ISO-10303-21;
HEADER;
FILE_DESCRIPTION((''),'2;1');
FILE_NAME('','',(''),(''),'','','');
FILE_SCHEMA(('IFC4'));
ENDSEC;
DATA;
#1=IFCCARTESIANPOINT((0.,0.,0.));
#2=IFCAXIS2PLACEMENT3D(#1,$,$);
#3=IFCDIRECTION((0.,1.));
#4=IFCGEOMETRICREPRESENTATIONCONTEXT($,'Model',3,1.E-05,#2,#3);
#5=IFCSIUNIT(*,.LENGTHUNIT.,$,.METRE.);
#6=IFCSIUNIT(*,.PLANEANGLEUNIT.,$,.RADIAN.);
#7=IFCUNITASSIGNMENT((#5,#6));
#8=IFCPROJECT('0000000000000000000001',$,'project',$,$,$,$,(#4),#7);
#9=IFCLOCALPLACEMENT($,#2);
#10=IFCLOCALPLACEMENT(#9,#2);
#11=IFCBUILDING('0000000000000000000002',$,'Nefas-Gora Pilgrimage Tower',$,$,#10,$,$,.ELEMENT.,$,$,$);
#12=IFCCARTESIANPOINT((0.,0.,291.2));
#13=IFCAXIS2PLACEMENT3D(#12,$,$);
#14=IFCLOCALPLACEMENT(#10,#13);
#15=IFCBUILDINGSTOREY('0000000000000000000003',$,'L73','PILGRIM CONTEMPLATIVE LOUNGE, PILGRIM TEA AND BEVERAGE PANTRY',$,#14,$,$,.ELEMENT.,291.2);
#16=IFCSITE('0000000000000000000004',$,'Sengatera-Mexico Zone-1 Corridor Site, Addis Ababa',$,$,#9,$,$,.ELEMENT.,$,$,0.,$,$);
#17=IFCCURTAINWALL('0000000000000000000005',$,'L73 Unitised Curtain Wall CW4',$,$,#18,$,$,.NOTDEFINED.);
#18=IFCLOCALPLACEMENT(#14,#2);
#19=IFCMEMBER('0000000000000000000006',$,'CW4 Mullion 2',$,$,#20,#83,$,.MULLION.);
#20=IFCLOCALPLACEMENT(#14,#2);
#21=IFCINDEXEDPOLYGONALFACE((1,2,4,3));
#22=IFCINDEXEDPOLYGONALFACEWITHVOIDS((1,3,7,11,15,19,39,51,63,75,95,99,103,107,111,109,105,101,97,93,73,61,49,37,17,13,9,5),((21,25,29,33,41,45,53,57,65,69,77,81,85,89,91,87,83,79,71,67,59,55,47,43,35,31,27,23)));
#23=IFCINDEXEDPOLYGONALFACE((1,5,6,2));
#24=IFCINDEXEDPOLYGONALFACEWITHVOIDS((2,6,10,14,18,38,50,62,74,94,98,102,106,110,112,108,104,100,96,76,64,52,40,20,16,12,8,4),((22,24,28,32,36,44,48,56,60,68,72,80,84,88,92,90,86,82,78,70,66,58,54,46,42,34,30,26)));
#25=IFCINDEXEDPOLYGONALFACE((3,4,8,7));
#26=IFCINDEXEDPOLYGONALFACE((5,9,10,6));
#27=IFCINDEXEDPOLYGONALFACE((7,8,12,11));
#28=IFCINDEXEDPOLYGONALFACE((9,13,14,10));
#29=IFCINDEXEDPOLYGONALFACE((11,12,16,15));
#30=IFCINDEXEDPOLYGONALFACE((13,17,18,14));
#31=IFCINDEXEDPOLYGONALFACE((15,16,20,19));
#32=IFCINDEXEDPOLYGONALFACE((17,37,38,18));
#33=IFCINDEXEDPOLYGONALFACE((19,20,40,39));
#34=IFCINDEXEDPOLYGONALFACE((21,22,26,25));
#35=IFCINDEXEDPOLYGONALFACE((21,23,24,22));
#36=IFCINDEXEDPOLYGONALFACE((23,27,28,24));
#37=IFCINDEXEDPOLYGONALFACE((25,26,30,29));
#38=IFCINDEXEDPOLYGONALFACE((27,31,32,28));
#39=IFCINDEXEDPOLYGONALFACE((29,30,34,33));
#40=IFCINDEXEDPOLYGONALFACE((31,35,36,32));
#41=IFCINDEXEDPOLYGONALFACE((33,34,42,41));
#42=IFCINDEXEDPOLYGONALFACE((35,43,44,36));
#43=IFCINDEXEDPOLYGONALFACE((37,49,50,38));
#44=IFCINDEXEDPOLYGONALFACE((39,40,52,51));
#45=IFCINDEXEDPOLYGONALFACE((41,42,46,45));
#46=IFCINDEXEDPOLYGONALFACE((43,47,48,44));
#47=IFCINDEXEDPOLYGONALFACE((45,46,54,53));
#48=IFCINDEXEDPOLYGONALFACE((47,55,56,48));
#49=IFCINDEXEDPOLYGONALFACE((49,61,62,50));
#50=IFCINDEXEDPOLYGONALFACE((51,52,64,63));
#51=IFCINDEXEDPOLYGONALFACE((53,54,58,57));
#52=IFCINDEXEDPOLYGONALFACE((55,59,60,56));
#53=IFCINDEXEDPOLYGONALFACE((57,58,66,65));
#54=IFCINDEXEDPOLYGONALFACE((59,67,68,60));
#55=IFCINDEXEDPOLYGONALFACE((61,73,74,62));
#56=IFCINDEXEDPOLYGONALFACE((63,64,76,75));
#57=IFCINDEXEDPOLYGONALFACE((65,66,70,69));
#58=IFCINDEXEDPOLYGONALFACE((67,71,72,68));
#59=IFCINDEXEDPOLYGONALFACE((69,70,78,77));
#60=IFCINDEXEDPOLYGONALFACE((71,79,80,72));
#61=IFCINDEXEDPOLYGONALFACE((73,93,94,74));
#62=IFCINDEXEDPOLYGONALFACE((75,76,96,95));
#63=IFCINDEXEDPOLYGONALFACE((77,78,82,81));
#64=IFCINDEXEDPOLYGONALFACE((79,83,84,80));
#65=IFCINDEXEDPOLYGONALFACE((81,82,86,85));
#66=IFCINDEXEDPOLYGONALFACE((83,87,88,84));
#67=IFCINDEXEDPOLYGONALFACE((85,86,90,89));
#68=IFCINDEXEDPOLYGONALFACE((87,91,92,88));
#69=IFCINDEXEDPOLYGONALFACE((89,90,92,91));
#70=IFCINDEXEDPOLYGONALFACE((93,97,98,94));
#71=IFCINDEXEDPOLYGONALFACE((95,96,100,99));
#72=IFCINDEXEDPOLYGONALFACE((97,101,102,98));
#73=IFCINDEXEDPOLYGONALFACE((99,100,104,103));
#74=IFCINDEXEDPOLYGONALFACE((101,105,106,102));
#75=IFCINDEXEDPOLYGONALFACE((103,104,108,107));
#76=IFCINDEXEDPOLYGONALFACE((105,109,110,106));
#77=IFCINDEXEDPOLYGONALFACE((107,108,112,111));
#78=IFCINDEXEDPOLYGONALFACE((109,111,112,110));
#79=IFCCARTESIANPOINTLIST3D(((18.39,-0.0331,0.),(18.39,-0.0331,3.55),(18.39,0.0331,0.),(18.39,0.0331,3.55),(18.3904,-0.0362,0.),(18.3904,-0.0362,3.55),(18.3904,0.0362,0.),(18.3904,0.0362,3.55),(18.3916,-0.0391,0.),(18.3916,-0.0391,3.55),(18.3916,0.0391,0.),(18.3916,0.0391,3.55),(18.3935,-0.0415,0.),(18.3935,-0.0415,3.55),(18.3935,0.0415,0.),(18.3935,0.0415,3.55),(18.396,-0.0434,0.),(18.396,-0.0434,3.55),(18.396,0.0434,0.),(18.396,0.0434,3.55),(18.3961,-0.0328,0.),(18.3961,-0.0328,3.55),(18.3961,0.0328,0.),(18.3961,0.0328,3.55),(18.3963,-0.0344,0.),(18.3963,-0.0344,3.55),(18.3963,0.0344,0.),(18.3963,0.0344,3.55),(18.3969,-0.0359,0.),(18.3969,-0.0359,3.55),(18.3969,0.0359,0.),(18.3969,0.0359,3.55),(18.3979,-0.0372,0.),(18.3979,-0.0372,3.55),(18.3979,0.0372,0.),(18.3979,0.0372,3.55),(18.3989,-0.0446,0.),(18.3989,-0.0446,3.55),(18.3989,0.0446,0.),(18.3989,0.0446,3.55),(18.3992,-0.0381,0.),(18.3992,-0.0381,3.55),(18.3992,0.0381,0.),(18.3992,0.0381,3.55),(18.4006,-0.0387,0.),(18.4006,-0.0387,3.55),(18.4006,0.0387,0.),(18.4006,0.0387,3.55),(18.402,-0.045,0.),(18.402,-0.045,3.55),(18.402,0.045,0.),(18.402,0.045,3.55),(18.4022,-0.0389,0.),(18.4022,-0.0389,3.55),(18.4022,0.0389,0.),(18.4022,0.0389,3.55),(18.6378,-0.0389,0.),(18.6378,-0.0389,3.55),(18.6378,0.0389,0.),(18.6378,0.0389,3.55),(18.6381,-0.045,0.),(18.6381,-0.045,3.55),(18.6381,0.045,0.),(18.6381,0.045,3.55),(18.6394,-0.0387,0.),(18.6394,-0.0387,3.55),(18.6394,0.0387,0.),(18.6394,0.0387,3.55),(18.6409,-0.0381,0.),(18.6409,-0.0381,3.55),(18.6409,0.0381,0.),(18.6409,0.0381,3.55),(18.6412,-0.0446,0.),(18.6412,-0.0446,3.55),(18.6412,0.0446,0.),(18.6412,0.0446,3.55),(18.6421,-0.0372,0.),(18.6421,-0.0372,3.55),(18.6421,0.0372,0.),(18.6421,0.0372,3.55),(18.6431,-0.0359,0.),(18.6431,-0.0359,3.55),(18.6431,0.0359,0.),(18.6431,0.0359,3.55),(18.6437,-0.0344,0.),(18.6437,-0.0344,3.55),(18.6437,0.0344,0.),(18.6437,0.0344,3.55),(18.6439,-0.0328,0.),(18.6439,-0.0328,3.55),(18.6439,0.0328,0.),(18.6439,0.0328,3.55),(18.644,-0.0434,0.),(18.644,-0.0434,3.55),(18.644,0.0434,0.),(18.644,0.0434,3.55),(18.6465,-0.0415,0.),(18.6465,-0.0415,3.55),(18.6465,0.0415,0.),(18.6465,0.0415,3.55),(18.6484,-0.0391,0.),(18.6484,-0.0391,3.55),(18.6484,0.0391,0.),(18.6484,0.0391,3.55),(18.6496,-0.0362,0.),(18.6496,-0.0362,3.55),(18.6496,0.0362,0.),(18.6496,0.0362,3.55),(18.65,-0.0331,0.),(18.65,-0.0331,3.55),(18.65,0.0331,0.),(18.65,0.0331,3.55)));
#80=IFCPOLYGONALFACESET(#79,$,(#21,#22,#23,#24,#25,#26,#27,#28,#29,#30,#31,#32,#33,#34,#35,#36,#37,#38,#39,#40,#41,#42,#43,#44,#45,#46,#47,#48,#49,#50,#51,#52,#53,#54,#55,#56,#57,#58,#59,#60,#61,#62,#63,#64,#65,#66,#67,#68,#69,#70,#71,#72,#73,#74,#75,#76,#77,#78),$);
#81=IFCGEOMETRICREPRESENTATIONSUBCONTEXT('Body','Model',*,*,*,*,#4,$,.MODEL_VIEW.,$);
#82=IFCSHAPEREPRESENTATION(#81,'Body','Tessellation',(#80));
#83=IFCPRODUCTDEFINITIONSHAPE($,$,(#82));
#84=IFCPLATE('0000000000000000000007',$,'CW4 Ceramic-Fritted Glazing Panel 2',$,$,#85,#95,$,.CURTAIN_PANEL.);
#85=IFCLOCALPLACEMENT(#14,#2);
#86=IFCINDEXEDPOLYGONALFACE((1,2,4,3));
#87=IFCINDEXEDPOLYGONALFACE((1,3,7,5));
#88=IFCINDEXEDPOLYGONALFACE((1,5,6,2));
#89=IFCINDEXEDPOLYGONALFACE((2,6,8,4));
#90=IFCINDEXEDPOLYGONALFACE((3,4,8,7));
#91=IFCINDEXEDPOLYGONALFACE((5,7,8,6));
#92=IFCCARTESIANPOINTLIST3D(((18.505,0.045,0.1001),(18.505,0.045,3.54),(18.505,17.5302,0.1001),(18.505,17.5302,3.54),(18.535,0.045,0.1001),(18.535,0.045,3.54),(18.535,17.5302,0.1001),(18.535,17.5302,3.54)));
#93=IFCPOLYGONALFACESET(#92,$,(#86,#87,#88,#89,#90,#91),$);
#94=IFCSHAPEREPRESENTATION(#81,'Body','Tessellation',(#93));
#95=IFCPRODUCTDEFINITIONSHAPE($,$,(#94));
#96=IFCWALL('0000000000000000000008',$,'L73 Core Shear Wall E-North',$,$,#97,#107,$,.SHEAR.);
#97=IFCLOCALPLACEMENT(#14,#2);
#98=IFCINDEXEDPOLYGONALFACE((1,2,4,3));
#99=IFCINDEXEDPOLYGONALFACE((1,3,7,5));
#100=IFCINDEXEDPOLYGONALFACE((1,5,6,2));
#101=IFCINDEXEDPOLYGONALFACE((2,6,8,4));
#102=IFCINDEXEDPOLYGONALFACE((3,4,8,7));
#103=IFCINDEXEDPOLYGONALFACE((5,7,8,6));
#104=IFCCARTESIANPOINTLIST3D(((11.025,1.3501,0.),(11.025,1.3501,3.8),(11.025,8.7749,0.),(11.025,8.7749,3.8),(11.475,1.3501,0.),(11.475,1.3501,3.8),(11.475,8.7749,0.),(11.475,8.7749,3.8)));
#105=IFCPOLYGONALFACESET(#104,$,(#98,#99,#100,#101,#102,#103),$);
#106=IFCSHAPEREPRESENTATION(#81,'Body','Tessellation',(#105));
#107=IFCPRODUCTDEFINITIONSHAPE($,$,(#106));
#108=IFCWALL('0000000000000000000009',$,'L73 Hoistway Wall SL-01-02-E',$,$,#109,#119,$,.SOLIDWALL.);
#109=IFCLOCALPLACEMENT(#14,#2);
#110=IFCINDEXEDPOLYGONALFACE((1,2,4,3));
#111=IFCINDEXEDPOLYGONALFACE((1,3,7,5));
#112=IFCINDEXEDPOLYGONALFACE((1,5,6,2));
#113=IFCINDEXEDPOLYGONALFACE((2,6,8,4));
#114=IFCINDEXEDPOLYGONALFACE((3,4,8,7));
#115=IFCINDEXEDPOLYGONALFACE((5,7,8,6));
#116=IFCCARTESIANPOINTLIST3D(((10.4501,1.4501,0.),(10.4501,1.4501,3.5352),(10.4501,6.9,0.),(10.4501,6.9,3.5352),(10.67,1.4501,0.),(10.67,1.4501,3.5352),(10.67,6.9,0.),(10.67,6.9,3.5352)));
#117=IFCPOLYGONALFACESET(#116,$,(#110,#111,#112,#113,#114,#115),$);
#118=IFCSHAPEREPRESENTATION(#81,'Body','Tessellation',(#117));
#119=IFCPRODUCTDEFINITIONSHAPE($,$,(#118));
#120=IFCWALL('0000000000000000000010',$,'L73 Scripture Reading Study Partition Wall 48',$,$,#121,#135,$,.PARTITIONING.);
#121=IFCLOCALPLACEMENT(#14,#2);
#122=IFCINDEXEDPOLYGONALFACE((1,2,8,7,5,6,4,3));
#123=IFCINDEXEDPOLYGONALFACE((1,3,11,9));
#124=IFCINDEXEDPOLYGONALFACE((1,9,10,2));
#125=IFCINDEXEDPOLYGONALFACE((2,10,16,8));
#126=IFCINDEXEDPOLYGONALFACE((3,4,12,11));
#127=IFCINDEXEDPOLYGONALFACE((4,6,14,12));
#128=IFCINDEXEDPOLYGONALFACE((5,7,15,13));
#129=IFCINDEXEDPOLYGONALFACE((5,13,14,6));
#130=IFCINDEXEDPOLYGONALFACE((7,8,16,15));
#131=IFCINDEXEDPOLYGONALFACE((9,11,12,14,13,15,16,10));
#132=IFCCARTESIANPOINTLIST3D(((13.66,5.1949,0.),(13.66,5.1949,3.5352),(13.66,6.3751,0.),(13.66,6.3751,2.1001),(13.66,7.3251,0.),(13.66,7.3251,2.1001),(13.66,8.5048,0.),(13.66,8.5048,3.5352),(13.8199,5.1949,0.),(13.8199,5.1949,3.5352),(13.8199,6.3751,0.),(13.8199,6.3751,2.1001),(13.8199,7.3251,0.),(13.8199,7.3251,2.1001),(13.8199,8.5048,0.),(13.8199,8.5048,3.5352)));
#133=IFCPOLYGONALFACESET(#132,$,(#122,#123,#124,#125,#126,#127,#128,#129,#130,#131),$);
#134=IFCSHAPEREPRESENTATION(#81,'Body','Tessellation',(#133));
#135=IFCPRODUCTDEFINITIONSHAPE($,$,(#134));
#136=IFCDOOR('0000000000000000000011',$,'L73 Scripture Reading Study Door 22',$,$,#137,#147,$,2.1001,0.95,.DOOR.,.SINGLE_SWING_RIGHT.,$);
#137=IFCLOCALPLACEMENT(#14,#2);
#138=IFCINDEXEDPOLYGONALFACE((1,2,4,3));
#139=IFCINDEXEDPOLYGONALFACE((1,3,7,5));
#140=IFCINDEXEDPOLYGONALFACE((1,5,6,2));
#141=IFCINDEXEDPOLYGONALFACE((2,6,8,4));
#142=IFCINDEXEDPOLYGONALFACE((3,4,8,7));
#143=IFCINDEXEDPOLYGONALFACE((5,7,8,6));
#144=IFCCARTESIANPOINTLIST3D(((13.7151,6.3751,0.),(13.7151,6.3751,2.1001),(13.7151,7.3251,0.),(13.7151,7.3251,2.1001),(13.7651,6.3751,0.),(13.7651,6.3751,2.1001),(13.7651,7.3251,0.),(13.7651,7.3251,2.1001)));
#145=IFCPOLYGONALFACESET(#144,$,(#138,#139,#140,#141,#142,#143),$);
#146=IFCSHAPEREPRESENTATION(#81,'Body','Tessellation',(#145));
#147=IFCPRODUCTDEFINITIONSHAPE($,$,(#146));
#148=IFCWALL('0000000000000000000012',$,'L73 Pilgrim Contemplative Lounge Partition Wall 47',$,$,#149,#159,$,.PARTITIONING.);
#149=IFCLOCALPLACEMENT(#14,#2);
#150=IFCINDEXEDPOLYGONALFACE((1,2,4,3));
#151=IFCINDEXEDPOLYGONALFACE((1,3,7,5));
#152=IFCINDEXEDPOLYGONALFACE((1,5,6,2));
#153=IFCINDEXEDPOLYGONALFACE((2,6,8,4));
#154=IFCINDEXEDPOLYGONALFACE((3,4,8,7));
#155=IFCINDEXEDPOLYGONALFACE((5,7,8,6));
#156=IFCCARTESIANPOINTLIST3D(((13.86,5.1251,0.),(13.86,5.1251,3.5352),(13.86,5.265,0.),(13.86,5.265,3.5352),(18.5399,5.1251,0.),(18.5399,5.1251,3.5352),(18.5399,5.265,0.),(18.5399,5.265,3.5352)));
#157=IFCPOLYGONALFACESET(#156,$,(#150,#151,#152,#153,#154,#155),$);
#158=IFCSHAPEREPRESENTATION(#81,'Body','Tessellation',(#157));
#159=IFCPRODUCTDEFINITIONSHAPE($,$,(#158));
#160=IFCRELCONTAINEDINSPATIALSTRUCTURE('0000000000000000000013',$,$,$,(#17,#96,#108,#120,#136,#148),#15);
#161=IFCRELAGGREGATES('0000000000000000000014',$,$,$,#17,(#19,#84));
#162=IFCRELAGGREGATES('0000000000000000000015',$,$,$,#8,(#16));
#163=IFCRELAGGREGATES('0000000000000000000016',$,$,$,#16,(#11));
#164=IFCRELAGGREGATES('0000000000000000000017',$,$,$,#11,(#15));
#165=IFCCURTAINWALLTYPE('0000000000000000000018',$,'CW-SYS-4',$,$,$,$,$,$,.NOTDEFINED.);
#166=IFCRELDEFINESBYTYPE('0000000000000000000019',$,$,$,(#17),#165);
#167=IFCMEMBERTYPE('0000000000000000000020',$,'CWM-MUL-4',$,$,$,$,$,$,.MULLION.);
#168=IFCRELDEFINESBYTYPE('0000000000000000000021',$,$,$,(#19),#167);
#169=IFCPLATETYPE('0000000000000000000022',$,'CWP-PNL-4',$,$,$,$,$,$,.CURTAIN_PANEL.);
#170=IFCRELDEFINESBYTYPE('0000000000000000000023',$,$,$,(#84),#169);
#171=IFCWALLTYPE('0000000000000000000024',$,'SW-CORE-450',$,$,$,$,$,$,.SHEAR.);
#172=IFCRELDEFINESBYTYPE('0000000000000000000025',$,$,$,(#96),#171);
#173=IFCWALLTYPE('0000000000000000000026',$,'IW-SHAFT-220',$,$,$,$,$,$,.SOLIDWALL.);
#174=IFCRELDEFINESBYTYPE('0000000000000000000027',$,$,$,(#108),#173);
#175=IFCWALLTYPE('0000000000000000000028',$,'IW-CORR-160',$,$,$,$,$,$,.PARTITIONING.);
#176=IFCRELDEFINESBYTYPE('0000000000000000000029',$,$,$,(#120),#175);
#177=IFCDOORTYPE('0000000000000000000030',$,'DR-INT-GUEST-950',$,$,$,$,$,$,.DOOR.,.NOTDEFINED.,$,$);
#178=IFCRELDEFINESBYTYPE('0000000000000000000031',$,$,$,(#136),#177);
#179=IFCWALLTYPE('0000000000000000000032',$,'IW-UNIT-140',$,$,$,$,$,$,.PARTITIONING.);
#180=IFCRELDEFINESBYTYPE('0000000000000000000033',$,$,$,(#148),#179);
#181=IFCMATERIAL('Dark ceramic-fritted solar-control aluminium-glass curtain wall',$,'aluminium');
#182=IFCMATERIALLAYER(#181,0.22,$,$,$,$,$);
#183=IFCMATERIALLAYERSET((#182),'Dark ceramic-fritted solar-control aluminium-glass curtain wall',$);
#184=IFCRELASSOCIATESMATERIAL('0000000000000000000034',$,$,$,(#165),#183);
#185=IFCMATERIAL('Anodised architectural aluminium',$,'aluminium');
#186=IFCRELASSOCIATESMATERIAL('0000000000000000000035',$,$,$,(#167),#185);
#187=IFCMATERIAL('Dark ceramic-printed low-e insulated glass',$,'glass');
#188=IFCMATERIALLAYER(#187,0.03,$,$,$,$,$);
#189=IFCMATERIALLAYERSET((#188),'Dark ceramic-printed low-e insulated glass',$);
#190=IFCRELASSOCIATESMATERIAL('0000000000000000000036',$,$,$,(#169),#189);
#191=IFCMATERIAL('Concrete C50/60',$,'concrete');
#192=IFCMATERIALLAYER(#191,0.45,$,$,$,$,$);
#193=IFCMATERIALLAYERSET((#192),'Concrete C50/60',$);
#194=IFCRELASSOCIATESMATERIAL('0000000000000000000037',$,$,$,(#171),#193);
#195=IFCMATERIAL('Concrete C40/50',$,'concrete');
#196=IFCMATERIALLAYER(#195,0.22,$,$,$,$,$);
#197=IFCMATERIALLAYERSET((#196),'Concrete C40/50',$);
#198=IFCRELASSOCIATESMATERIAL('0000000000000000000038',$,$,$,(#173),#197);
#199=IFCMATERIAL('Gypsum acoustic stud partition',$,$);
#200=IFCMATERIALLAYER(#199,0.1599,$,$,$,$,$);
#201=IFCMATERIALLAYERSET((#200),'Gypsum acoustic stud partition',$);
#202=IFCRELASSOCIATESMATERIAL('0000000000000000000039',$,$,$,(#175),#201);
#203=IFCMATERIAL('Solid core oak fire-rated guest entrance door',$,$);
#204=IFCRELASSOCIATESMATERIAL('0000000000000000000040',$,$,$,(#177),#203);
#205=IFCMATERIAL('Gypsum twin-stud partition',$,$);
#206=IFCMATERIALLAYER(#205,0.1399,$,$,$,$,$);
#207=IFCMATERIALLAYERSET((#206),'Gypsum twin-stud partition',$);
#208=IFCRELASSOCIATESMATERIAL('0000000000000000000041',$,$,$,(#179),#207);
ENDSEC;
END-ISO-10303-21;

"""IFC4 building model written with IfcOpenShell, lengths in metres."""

from ifc_helpers import new_model, si_unit, direction, frame, frame_2d, origin, origin_2d, place, context, subcontext, project, spatial, rectangle, hollow_rectangle, extrude, source, transform, mapped, material, layer, layer_set, material_profile, profile_set, type_object, element, fill, aggregate, save


model = new_model("IFC4")

# Units and contexts
model_context = context("Model", 3, precision=1e-05, world=origin(), true_north=direction((0.0, 1.0)))
body_context = subcontext(model_context, "Body", "Model", "MODEL_VIEW")
ifc_project = project(units=[si_unit("LENGTHUNIT", "METRE"), si_unit("PLANEANGLEUNIT", "RADIAN")], contexts=[model_context])

# Site, building, storey
site_placement = place(None, origin())
site = spatial("IfcSite", under=ifc_project, at=site_placement, Name="Sengatera-Mexico Zone-1 Corridor Site, Addis Ababa", CompositionType="ELEMENT", RefElevation=0.0)
building_placement = place(site_placement, origin())
building = spatial("IfcBuilding", under=site, at=building_placement, Name="Nefas-Gora Pilgrimage Tower", CompositionType="ELEMENT")
storey_placement = place(building_placement, frame((0.0, 0.0, 291.2)))
storey = spatial("IfcBuildingStorey", under=building, at=storey_placement, Name="L73", Description="PILGRIM CONTEMPLATIVE LOUNGE, PILGRIM TEA AND BEVERAGE PANTRY", CompositionType="ELEMENT", Elevation=291.2)

# Curtain wall, member, plate
ifc_material_1 = material(Name="Dark ceramic-fritted solar-control aluminium-glass curtain wall", Category="aluminium")
ifc_layer_1 = layer(ifc_material_1, 0.22)
ifc_layer_set_1 = layer_set([ifc_layer_1], Name="Dark ceramic-fritted solar-control aluminium-glass curtain wall")
curtain_wall_type = type_object("IfcCurtainWallType", Name="CW-SYS-4", PredefinedType="NOTDEFINED", material=ifc_layer_set_1)
curtain_wall_placement = place(storey_placement, origin())
curtain_wall = element("IfcCurtainWall", 1, at=curtain_wall_placement, inside=storey, type_object=curtain_wall_type, Name="L73 Unitised Curtain Wall CW4", PredefinedType="NOTDEFINED")
ifc_material_2 = material(Name="Anodised architectural aluminium", Category="aluminium")
ifc_material_profile_1 = material_profile(ifc_material_2, hollow_rectangle(XDim=0.0901, YDim=0.26, WallThickness=0.0061, InnerFilletRadius=0.0061, OuterFilletRadius=0.012, at=origin_2d()), Name="ALU MULLION 90x260")
ifc_profile_set_1 = profile_set([ifc_material_profile_1], Name="Anodised architectural aluminium")
member_type = type_object("IfcMemberType", Name="CWM-MUL-4", PredefinedType="MULLION", material=ifc_profile_set_1)
shared_shape_1 = source(origin(), body_context, "Body", "SweptSolid", [
    extrude(hollow_rectangle(XDim=0.0901, YDim=0.26, WallThickness=0.0061, InnerFilletRadius=0.0061, OuterFilletRadius=0.012, at=origin_2d()), origin(), (0.0, 0.0, 1.0), 3.55),
])
member_placement = place(storey_placement, frame((18.52, 0.0, 0.0), z_axis=(0.0, 0.0, 1.0), x_axis=(0.0, 1.0, 0.0)))
member = element("IfcMember", 2, at=member_placement, type_object=member_type, Name="CW4 Mullion 2", PredefinedType="MULLION", context=body_context, shape_type="MappedRepresentation", body=[
    mapped(shared_shape_1, transform((0.0, 0.0, 0.0), x_axis=(1.0, 0.0, 0.0), y_axis=(0.0, 1.0, 0.0), z_axis=(0.0, 0.0, 1.0), scale=1.0)),
])
ifc_material_3 = material(Name="Dark ceramic-printed low-e insulated glass", Category="glass")
ifc_layer_2 = layer(ifc_material_3, 0.03)
ifc_layer_set_2 = layer_set([ifc_layer_2], Name="Dark ceramic-printed low-e insulated glass")
plate_type = type_object("IfcPlateType", Name="CWP-PNL-4", PredefinedType="CURTAIN_PANEL", material=ifc_layer_set_2)
shared_shape_2 = source(origin(), body_context, "Body", "SweptSolid", [
    extrude(rectangle(XDim=17.4851, YDim=0.03, at=origin_2d()), origin(), (0.0, 0.0, 1.0), 3.4399),
])
plate_placement = place(storey_placement, frame((18.52, 8.7876, 0.1001), z_axis=(0.0, 0.0, 1.0), x_axis=(0.0, 1.0, 0.0)))
plate = element("IfcPlate", 3, at=plate_placement, type_object=plate_type, Name="CW4 Ceramic-Fritted Glazing Panel 2", PredefinedType="CURTAIN_PANEL", context=body_context, shape_type="MappedRepresentation", body=[
    mapped(shared_shape_2, transform((0.0, 0.0, 0.0), x_axis=(1.0, 0.0, 0.0), y_axis=(0.0, 1.0, 0.0), z_axis=(0.0, 0.0, 1.0), scale=1.0)),
])
aggregate(curtain_wall, [member, plate])

# Walls
ifc_material_4 = material(Name="Concrete C50/60", Category="concrete")
ifc_layer_3 = layer(ifc_material_4, 0.45)
ifc_layer_set_3 = layer_set([ifc_layer_3], Name="Concrete C50/60")
wall_type_1 = type_object("IfcWallType", Name="SW-CORE-450", PredefinedType="SHEAR", material=ifc_layer_set_3)
shared_shape_3 = source(origin(), body_context, "Body", "SweptSolid", [
    extrude(rectangle(XDim=7.4248, YDim=0.45, at=frame_2d((3.7124, 0.0))), origin(), (0.0, 0.0, 1.0), 3.8),
])
wall_1_placement = place(storey_placement, frame((11.25, 1.3501, 0.0), z_axis=(0.0, 0.0, 1.0), x_axis=(0.0, 1.0, 0.0)))
element("IfcWall", 4, at=wall_1_placement, inside=storey, type_object=wall_type_1, Name="L73 Core Shear Wall E-North", PredefinedType="SHEAR", context=body_context, shape_type="MappedRepresentation", body=[
    mapped(shared_shape_3, transform((0.0, 0.0, 0.0), x_axis=(1.0, 0.0, 0.0), y_axis=(0.0, 1.0, 0.0), z_axis=(0.0, 0.0, 1.0), scale=1.0)),
])
ifc_material_5 = material(Name="Concrete C40/50", Category="concrete")
ifc_layer_4 = layer(ifc_material_5, 0.22)
ifc_layer_set_4 = layer_set([ifc_layer_4], Name="Concrete C40/50")
wall_type_2 = type_object("IfcWallType", Name="IW-SHAFT-220", PredefinedType="SOLIDWALL", material=ifc_layer_set_4)
shared_shape_4 = source(origin(), body_context, "Body", "SweptSolid", [
    extrude(rectangle(XDim=5.45, YDim=0.22, at=frame_2d((2.7251, 0.0))), origin(), (0.0, 0.0, 1.0), 3.5352),
])
wall_2_placement = place(storey_placement, frame((10.5601, 1.45, 0.0), z_axis=(0.0, 0.0, 1.0), x_axis=(0.0, 1.0, 0.0)))
element("IfcWall", 5, at=wall_2_placement, inside=storey, type_object=wall_type_2, Name="L73 Hoistway Wall SL-01-02-E", PredefinedType="SOLIDWALL", context=body_context, shape_type="MappedRepresentation", body=[
    mapped(shared_shape_4, transform((0.0, 0.0, 0.0), x_axis=(1.0, 0.0, 0.0), y_axis=(0.0, 1.0, 0.0), z_axis=(0.0, 0.0, 1.0), scale=1.0)),
])

# Wall, opening, door
ifc_material_6 = material(Name="Gypsum acoustic stud partition")
ifc_layer_5 = layer(ifc_material_6, 0.1599)
ifc_layer_set_5 = layer_set([ifc_layer_5], Name="Gypsum acoustic stud partition")
wall_type_3 = type_object("IfcWallType", Name="IW-CORR-160", PredefinedType="PARTITIONING", material=ifc_layer_set_5)
shared_shape_5 = source(origin(), body_context, "Body", "SweptSolid", [
    extrude(rectangle(XDim=3.3098, YDim=0.1599, at=frame_2d((1.6548, 0.0))), origin(), (0.0, 0.0, 1.0), 3.5352),
])
wall_3_placement = place(storey_placement, frame((13.74, 5.1951, 0.0), z_axis=(0.0, 0.0, 1.0), x_axis=(0.0, 1.0, 0.0)))
wall_3 = element("IfcWall", 6, at=wall_3_placement, inside=storey, type_object=wall_type_3, Name="L73 Scripture Reading Study Partition Wall 48", PredefinedType="PARTITIONING", context=body_context, shape_type="MappedRepresentation", body=[
    mapped(shared_shape_5, transform((0.0, 0.0, 0.0), x_axis=(1.0, 0.0, 0.0), y_axis=(0.0, 1.0, 0.0), z_axis=(0.0, 0.0, 1.0), scale=1.0)),
])
opening_1_placement = place(wall_3_placement, frame((1.1799, 0.0, 0.0)))
opening_1 = element("IfcOpeningElement", 7, at=opening_1_placement, cuts=wall_3, PredefinedType="OPENING", context=body_context, shape_type="SweptSolid", body=[
    extrude(rectangle(XDim=0.95, YDim=2.1001, at=frame_2d((0.4751, 1.05))), frame((0.0, 0.0898, 0.0), z_axis=(0.0, -1.0, 0.0), x_axis=(1.0, 0.0, 0.0)), (0.0, 0.0, 1.0), 0.1799),
])
ifc_material_7 = material(Name="Solid core oak fire-rated guest entrance door")
door_type = type_object("IfcDoorType", Name="DR-INT-GUEST-950", OperationType="NOTDEFINED", PredefinedType="DOOR", material=ifc_material_7)
shared_shape_6 = source(origin(), body_context, "Body", "SweptSolid", [
    extrude(rectangle(XDim=0.95, YDim=2.1001, at=frame_2d((0.4751, 1.05))), frame((0.0, 0.0249, 0.0), z_axis=(0.0, -1.0, 0.0), x_axis=(1.0, 0.0, 0.0)), (0.0, 0.0, 1.0), 0.05),
])
door_1_placement = place(opening_1_placement, origin())
door_1 = element("IfcDoor", 8, at=door_1_placement, inside=storey, type_object=door_type, Name="L73 Scripture Reading Study Door 22", OperationType="SINGLE_SWING_RIGHT", OverallHeight=2.1001, OverallWidth=0.95, PredefinedType="DOOR", context=body_context, shape_type="MappedRepresentation", body=[
    mapped(shared_shape_6, transform((0.0, 0.0, 0.0), x_axis=(1.0, 0.0, 0.0), y_axis=(0.0, 1.0, 0.0), z_axis=(0.0, 0.0, 1.0), scale=1.0)),
])
fill(opening_1, door_1)

# Wall
ifc_material_8 = material(Name="Gypsum twin-stud partition")
ifc_layer_6 = layer(ifc_material_8, 0.1399)
ifc_layer_set_6 = layer_set([ifc_layer_6], Name="Gypsum twin-stud partition")
wall_type_4 = type_object("IfcWallType", Name="IW-UNIT-140", PredefinedType="PARTITIONING", material=ifc_layer_set_6)
shared_shape_7 = source(origin(), body_context, "Body", "SweptSolid", [
    extrude(rectangle(XDim=4.6799, YDim=0.1399, at=frame_2d((2.3398, 0.0))), origin(), (0.0, 0.0, 1.0), 3.5352),
])
wall_4_placement = place(storey_placement, frame((13.8601, 5.1951, 0.0), z_axis=(0.0, 0.0, 1.0), x_axis=(1.0, 0.0, 0.0)))
element("IfcWall", 9, at=wall_4_placement, inside=storey, type_object=wall_type_4, Name="L73 Pilgrim Contemplative Lounge Partition Wall 47", PredefinedType="PARTITIONING", context=body_context, shape_type="MappedRepresentation", body=[
    mapped(shared_shape_7, transform((0.0, 0.0, 0.0), x_axis=(1.0, 0.0, 0.0), y_axis=(0.0, 1.0, 0.0), z_axis=(0.0, 0.0, 1.0), scale=1.0)),
])

save(model, "model.ifc")
